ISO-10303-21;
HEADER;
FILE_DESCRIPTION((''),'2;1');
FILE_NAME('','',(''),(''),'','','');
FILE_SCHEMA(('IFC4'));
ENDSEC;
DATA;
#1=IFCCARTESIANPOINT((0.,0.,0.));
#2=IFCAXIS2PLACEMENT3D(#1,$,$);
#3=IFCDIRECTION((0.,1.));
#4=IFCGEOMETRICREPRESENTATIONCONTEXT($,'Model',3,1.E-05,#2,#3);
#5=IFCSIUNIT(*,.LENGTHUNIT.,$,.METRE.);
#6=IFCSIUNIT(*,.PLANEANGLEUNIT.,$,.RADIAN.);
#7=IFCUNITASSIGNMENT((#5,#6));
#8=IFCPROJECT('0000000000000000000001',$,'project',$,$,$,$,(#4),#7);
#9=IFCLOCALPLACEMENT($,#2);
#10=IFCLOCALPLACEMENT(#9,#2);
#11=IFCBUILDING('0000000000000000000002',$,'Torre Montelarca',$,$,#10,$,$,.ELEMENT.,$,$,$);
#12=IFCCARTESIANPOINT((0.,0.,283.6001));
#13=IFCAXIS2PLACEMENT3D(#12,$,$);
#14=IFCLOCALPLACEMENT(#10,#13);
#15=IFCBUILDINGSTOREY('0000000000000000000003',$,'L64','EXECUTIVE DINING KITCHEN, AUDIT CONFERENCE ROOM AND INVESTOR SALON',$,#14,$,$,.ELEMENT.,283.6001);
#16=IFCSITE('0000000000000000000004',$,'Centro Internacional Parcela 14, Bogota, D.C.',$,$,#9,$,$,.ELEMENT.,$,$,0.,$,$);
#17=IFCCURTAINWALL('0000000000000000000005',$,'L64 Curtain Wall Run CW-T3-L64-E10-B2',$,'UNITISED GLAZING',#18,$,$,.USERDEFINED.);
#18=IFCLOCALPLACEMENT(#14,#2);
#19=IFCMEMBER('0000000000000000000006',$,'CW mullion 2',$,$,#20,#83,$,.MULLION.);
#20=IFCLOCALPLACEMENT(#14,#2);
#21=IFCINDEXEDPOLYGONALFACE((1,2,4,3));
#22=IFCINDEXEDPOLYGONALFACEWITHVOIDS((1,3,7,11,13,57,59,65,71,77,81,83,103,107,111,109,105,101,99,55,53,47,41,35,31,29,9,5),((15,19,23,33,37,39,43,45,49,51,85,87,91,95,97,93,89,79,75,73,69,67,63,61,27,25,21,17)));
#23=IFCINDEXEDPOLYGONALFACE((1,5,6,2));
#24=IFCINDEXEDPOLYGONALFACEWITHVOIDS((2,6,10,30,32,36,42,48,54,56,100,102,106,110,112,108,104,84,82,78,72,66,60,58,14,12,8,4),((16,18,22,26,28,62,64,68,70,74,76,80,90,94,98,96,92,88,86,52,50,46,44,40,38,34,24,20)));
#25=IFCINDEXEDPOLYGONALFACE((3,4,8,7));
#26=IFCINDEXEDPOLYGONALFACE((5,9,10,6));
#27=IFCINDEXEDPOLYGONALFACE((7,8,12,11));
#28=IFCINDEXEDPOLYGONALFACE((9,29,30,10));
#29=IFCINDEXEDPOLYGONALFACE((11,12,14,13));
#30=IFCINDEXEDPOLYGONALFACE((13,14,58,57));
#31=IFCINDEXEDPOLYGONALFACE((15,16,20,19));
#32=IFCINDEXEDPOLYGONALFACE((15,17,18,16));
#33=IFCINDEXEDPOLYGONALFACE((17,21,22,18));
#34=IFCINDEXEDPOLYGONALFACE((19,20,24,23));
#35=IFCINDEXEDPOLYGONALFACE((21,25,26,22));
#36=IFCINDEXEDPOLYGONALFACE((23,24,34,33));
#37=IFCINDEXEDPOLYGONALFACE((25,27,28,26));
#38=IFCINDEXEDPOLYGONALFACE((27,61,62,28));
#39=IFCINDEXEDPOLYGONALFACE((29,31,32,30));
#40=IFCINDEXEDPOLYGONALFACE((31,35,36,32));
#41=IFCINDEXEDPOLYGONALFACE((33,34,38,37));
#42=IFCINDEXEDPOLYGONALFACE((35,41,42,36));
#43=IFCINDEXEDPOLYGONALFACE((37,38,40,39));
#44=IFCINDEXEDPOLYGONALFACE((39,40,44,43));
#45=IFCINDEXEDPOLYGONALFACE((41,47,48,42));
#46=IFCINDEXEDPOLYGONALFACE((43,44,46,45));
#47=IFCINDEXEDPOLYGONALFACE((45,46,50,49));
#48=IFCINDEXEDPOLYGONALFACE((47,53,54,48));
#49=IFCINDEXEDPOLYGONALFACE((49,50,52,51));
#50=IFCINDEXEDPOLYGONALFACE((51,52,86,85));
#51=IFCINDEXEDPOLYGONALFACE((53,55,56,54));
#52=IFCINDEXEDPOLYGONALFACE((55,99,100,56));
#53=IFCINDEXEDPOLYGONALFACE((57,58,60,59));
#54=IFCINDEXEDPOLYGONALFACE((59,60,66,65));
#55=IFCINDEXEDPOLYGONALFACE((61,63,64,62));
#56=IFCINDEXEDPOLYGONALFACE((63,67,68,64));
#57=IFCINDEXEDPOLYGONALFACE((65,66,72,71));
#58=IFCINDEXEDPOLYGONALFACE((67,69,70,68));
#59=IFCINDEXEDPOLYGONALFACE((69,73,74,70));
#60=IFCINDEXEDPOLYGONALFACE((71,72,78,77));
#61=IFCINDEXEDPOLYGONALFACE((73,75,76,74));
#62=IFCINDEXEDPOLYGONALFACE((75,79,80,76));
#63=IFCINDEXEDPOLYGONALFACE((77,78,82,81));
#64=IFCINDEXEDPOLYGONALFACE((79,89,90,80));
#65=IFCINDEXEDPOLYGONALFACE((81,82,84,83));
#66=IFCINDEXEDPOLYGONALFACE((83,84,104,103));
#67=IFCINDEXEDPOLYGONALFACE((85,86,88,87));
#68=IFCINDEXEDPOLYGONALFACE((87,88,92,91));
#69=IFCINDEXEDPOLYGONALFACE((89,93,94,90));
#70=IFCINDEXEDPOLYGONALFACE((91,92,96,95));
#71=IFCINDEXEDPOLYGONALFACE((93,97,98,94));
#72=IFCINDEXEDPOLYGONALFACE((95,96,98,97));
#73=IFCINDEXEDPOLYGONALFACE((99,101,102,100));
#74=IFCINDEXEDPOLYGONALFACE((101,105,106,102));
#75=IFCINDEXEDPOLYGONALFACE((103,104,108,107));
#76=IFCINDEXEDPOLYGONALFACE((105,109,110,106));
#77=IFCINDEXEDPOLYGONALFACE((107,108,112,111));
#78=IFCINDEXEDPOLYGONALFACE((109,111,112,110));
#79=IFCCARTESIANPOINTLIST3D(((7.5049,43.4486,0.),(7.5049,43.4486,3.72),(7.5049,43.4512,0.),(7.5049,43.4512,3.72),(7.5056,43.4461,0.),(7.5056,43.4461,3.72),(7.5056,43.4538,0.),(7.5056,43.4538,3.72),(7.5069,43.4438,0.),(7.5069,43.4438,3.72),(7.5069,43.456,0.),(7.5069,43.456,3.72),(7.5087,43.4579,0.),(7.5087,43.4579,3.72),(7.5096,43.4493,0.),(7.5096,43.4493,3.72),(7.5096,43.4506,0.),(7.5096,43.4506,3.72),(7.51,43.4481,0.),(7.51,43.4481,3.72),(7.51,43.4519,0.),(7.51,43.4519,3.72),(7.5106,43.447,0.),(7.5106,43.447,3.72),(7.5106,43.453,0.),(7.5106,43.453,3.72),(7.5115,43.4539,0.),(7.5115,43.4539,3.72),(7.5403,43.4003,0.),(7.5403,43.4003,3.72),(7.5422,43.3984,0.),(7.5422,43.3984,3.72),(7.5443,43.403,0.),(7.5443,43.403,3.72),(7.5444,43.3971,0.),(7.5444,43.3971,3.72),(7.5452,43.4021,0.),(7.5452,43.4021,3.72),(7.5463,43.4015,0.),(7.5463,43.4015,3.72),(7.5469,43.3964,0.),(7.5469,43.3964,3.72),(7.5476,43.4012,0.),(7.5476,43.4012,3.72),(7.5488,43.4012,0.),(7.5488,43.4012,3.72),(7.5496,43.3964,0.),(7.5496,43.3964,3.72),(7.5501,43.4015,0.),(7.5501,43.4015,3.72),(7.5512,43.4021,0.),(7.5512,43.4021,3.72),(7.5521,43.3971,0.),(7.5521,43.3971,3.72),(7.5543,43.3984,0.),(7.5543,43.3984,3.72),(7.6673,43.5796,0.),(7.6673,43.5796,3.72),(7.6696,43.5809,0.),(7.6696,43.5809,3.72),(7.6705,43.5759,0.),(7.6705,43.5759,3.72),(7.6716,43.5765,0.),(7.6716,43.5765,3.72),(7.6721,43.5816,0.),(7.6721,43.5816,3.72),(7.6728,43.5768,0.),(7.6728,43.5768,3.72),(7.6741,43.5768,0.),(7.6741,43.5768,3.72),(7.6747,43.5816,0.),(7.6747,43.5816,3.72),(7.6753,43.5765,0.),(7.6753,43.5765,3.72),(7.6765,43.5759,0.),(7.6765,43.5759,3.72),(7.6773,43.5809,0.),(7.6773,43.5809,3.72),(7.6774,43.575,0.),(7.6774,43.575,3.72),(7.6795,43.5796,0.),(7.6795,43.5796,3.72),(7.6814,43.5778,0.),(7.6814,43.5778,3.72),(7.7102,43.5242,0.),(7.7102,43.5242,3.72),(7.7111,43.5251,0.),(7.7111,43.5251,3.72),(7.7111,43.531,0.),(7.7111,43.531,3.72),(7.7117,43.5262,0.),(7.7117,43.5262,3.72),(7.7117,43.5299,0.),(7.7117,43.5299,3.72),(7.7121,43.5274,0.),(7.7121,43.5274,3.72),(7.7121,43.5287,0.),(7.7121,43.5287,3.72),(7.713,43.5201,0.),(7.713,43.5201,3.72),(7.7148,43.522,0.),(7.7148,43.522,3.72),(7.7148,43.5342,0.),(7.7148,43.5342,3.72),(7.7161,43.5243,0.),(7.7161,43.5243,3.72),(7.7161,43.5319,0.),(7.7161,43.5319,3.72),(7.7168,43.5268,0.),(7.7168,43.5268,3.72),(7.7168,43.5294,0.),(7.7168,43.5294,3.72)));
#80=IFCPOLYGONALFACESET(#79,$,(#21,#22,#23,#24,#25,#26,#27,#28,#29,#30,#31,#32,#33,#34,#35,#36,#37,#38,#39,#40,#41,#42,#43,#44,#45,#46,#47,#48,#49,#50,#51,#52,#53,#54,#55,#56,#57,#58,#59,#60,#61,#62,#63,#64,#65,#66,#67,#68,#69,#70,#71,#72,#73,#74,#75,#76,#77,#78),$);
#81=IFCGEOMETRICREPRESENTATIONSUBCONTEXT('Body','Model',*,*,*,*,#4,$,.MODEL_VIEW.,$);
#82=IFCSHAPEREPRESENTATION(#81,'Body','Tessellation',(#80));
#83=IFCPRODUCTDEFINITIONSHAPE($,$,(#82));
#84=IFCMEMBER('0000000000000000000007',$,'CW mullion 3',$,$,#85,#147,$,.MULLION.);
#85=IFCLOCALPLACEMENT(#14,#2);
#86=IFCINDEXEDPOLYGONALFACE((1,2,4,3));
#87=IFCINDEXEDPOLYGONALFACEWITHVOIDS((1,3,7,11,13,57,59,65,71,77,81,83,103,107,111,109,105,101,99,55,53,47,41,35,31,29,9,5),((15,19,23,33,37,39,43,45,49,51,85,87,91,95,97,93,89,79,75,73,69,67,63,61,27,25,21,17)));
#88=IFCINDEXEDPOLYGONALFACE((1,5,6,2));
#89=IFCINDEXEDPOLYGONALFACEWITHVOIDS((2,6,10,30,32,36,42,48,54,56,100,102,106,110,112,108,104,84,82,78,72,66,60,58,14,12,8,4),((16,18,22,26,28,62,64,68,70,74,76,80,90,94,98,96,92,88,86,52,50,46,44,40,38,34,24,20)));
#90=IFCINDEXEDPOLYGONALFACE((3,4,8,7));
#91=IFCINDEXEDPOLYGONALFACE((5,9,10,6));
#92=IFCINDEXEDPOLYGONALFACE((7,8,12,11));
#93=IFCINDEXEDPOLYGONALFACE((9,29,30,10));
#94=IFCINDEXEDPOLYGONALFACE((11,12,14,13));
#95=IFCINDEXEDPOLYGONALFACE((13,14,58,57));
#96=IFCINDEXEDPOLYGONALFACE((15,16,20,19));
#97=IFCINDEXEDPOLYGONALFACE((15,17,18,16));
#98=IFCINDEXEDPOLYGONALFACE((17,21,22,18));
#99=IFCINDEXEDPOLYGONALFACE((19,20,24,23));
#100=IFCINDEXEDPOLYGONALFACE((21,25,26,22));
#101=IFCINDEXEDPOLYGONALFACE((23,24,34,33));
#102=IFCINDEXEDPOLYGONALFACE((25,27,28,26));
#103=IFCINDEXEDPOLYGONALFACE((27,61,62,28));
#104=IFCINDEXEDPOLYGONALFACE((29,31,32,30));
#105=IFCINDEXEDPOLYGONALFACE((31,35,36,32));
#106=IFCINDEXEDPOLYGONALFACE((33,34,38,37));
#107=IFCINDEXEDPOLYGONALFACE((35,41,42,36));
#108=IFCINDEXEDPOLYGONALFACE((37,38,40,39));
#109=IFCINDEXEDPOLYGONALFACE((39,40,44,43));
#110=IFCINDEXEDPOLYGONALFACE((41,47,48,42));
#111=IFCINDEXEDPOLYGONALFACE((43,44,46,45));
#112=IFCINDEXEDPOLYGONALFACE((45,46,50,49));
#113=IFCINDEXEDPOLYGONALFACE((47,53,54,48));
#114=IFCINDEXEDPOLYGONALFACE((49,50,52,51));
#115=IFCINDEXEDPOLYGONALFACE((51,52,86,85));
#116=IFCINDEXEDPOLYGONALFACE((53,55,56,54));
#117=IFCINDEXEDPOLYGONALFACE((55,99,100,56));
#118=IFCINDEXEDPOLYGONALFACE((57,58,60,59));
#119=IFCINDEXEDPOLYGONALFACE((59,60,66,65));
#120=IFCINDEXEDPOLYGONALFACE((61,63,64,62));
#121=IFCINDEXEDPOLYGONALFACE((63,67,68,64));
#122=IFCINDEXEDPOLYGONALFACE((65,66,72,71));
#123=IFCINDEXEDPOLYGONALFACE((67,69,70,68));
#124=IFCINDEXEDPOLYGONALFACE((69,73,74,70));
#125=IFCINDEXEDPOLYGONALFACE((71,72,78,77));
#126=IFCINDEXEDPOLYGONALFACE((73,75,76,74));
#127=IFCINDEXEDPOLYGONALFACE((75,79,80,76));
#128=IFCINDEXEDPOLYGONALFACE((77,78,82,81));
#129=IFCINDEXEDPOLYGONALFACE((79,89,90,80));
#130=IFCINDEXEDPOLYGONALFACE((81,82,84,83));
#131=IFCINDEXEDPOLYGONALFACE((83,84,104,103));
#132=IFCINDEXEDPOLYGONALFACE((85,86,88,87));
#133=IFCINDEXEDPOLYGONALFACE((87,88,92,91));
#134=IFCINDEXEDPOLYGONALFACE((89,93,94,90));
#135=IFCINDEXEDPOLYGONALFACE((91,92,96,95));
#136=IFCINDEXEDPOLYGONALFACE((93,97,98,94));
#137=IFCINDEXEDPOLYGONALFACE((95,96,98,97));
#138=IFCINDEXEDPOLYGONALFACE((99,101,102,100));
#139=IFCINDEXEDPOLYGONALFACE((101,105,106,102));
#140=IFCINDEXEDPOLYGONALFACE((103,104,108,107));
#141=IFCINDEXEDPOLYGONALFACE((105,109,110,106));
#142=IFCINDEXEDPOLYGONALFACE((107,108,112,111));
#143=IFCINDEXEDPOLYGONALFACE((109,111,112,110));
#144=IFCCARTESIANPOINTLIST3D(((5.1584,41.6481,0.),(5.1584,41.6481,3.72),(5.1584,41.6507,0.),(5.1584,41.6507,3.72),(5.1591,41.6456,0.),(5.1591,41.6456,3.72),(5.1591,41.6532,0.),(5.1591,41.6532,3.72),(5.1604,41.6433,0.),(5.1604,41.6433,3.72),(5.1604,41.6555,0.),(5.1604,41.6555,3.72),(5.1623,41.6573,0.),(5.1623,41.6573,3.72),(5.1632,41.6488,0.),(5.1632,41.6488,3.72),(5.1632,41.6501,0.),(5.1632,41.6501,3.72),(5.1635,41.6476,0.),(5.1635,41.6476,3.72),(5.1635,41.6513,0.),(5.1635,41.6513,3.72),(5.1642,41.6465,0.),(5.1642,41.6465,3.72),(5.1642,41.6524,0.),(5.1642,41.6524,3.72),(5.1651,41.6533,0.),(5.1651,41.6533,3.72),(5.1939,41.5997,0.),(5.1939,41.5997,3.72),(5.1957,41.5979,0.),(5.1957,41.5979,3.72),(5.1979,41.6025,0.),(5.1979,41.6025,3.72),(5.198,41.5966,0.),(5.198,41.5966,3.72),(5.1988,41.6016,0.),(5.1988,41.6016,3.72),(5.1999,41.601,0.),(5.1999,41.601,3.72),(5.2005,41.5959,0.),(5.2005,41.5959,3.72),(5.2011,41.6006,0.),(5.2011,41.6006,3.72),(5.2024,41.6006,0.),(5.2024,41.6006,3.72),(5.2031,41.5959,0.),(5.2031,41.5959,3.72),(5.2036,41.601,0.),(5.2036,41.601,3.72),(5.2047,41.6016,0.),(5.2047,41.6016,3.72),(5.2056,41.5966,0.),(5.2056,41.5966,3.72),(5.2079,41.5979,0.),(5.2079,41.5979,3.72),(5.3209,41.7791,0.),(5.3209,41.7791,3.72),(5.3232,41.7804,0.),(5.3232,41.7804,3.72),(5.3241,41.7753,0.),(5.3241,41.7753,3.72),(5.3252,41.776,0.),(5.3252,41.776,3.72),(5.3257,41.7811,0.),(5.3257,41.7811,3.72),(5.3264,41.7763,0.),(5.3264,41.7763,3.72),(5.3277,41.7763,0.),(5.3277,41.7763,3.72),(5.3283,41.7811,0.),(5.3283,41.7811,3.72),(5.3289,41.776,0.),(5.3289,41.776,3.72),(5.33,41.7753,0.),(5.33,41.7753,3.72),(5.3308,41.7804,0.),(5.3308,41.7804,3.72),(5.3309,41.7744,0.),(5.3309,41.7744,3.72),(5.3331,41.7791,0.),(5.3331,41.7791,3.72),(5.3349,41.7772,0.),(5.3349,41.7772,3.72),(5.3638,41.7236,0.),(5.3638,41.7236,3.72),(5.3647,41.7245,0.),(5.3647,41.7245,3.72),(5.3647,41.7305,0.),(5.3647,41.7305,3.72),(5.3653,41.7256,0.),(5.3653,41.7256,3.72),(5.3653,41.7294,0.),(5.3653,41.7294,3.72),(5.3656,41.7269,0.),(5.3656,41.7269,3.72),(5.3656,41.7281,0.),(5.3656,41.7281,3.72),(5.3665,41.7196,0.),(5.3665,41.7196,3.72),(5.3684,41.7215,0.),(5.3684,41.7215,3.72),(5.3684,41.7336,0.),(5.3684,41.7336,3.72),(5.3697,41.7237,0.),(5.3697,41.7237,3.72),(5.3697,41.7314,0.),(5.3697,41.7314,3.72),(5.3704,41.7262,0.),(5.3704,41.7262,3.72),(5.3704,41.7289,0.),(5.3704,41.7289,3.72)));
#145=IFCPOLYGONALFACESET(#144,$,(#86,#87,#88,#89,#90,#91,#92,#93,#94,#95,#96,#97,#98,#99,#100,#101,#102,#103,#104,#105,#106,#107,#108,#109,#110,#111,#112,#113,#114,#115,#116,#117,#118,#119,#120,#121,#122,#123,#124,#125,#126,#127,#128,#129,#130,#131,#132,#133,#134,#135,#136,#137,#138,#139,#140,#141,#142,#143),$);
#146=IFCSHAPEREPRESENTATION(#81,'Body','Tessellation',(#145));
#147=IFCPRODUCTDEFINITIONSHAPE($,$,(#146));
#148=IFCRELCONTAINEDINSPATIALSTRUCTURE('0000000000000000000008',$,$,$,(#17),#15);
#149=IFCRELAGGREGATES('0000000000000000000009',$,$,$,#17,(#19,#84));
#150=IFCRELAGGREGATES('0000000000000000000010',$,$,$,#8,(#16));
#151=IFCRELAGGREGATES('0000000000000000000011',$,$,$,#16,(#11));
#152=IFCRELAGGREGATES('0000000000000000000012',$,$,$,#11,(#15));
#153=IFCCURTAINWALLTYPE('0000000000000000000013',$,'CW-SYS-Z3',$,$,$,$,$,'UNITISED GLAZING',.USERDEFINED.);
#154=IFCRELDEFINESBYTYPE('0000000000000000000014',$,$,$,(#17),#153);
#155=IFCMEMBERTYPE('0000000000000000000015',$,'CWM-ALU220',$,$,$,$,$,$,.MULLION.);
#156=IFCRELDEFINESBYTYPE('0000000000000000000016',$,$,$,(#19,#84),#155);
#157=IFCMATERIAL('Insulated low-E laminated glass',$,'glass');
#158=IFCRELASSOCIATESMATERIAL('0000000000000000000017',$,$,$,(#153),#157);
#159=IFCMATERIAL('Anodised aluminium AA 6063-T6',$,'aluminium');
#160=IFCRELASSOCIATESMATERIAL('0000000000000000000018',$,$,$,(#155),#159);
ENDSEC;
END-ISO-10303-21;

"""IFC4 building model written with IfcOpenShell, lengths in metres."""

from ifc_helpers import new_model, si_unit, direction, frame, origin, origin_2d, place, context, subcontext, project, spatial, hollow_rectangle, extrude, source, transform, mapped, material, material_profile, profile_set, type_object, element, aggregate, save


model = new_model("IFC4")

# Units and contexts
model_context = context("Model", 3, precision=1e-05, world=origin(), true_north=direction((0.0, 1.0)))
body_context = subcontext(model_context, "Body", "Model", "MODEL_VIEW")
ifc_project = project(units=[si_unit("LENGTHUNIT", "METRE"), si_unit("PLANEANGLEUNIT", "RADIAN")], contexts=[model_context])

# Site, building, storey
site_placement = place(None, origin())
site = spatial("IfcSite", under=ifc_project, at=site_placement, Name="Centro Internacional Parcela 14, Bogota, D.C.", CompositionType="ELEMENT", RefElevation=0.0)
building_placement = place(site_placement, origin())
building = spatial("IfcBuilding", under=site, at=building_placement, Name="Torre Montelarca", CompositionType="ELEMENT")
storey_placement = place(building_placement, frame((0.0, 0.0, 283.6001)))
storey = spatial("IfcBuildingStorey", under=building, at=storey_placement, Name="L64", Description="EXECUTIVE DINING KITCHEN, AUDIT CONFERENCE ROOM AND INVESTOR SALON", CompositionType="ELEMENT", Elevation=283.6001)

# Curtain wall, members
ifc_material_1 = material(Name="Insulated low-E laminated glass", Category="glass")
curtain_wall_type = type_object("IfcCurtainWallType", Name="CW-SYS-Z3", ElementType="UNITISED GLAZING", PredefinedType="USERDEFINED", material=ifc_material_1)
curtain_wall_1_placement = place(storey_placement, origin())
curtain_wall_1 = element("IfcCurtainWall", 1, at=curtain_wall_1_placement, inside=storey, type_object=curtain_wall_type, Name="L64 Curtain Wall Run CW-T3-L64-E10-B2", ObjectType="UNITISED GLAZING", PredefinedType="USERDEFINED")
ifc_material_2 = material(Name="Anodised aluminium AA 6063-T6", Category="aluminium")
ifc_material_profile_1 = material_profile(ifc_material_2, hollow_rectangle(XDim=0.075, YDim=0.22, WallThickness=0.0049, InnerFilletRadius=0.0049, OuterFilletRadius=0.01, at=origin_2d()), Name="ALU75X220X5", Category="aluminium")
ifc_profile_set_1 = profile_set([ifc_material_profile_1], Name="Anodised aluminium AA 6063-T6")
member_type_1 = type_object("IfcMemberType", Name="CWM-ALU220", PredefinedType="MULLION", material=ifc_profile_set_1)
shared_shape_1 = source(origin(), body_context, "Body", "SweptSolid", [
    extrude(hollow_rectangle(XDim=0.075, YDim=0.22, WallThickness=0.0049, InnerFilletRadius=0.0049, OuterFilletRadius=0.01, at=origin_2d()), origin(), (0.0, 0.0, 1.0), 3.72),
])
member_1_placement = place(storey_placement, frame((7.6108, 43.489, 0.0), z_axis=(0.0, 0.0, 1.0), x_axis=(0.608773, -0.793345, 0.0)))
member_1 = element("IfcMember", 2, at=member_1_placement, type_object=member_type_1, Name="CW mullion 2", PredefinedType="MULLION", context=body_context, shape_type="MappedRepresentation", body=[
    mapped(shared_shape_1, transform((0.0, 0.0, 0.0), scale=1.0)),
])
member_2_placement = place(storey_placement, frame((5.2644, 41.6885, 0.0), z_axis=(0.0, 0.0, 1.0), x_axis=(0.608773, -0.793345, 0.0)))
member_2 = element("IfcMember", 3, at=member_2_placement, type_object=member_type_1, Name="CW mullion 3", PredefinedType="MULLION", context=body_context, shape_type="MappedRepresentation", body=[
    mapped(shared_shape_1, transform((0.0, 0.0, 0.0), scale=1.0)),
])

aggregate(curtain_wall_1, [member_1, member_2])

save(model, "model.ifc")
